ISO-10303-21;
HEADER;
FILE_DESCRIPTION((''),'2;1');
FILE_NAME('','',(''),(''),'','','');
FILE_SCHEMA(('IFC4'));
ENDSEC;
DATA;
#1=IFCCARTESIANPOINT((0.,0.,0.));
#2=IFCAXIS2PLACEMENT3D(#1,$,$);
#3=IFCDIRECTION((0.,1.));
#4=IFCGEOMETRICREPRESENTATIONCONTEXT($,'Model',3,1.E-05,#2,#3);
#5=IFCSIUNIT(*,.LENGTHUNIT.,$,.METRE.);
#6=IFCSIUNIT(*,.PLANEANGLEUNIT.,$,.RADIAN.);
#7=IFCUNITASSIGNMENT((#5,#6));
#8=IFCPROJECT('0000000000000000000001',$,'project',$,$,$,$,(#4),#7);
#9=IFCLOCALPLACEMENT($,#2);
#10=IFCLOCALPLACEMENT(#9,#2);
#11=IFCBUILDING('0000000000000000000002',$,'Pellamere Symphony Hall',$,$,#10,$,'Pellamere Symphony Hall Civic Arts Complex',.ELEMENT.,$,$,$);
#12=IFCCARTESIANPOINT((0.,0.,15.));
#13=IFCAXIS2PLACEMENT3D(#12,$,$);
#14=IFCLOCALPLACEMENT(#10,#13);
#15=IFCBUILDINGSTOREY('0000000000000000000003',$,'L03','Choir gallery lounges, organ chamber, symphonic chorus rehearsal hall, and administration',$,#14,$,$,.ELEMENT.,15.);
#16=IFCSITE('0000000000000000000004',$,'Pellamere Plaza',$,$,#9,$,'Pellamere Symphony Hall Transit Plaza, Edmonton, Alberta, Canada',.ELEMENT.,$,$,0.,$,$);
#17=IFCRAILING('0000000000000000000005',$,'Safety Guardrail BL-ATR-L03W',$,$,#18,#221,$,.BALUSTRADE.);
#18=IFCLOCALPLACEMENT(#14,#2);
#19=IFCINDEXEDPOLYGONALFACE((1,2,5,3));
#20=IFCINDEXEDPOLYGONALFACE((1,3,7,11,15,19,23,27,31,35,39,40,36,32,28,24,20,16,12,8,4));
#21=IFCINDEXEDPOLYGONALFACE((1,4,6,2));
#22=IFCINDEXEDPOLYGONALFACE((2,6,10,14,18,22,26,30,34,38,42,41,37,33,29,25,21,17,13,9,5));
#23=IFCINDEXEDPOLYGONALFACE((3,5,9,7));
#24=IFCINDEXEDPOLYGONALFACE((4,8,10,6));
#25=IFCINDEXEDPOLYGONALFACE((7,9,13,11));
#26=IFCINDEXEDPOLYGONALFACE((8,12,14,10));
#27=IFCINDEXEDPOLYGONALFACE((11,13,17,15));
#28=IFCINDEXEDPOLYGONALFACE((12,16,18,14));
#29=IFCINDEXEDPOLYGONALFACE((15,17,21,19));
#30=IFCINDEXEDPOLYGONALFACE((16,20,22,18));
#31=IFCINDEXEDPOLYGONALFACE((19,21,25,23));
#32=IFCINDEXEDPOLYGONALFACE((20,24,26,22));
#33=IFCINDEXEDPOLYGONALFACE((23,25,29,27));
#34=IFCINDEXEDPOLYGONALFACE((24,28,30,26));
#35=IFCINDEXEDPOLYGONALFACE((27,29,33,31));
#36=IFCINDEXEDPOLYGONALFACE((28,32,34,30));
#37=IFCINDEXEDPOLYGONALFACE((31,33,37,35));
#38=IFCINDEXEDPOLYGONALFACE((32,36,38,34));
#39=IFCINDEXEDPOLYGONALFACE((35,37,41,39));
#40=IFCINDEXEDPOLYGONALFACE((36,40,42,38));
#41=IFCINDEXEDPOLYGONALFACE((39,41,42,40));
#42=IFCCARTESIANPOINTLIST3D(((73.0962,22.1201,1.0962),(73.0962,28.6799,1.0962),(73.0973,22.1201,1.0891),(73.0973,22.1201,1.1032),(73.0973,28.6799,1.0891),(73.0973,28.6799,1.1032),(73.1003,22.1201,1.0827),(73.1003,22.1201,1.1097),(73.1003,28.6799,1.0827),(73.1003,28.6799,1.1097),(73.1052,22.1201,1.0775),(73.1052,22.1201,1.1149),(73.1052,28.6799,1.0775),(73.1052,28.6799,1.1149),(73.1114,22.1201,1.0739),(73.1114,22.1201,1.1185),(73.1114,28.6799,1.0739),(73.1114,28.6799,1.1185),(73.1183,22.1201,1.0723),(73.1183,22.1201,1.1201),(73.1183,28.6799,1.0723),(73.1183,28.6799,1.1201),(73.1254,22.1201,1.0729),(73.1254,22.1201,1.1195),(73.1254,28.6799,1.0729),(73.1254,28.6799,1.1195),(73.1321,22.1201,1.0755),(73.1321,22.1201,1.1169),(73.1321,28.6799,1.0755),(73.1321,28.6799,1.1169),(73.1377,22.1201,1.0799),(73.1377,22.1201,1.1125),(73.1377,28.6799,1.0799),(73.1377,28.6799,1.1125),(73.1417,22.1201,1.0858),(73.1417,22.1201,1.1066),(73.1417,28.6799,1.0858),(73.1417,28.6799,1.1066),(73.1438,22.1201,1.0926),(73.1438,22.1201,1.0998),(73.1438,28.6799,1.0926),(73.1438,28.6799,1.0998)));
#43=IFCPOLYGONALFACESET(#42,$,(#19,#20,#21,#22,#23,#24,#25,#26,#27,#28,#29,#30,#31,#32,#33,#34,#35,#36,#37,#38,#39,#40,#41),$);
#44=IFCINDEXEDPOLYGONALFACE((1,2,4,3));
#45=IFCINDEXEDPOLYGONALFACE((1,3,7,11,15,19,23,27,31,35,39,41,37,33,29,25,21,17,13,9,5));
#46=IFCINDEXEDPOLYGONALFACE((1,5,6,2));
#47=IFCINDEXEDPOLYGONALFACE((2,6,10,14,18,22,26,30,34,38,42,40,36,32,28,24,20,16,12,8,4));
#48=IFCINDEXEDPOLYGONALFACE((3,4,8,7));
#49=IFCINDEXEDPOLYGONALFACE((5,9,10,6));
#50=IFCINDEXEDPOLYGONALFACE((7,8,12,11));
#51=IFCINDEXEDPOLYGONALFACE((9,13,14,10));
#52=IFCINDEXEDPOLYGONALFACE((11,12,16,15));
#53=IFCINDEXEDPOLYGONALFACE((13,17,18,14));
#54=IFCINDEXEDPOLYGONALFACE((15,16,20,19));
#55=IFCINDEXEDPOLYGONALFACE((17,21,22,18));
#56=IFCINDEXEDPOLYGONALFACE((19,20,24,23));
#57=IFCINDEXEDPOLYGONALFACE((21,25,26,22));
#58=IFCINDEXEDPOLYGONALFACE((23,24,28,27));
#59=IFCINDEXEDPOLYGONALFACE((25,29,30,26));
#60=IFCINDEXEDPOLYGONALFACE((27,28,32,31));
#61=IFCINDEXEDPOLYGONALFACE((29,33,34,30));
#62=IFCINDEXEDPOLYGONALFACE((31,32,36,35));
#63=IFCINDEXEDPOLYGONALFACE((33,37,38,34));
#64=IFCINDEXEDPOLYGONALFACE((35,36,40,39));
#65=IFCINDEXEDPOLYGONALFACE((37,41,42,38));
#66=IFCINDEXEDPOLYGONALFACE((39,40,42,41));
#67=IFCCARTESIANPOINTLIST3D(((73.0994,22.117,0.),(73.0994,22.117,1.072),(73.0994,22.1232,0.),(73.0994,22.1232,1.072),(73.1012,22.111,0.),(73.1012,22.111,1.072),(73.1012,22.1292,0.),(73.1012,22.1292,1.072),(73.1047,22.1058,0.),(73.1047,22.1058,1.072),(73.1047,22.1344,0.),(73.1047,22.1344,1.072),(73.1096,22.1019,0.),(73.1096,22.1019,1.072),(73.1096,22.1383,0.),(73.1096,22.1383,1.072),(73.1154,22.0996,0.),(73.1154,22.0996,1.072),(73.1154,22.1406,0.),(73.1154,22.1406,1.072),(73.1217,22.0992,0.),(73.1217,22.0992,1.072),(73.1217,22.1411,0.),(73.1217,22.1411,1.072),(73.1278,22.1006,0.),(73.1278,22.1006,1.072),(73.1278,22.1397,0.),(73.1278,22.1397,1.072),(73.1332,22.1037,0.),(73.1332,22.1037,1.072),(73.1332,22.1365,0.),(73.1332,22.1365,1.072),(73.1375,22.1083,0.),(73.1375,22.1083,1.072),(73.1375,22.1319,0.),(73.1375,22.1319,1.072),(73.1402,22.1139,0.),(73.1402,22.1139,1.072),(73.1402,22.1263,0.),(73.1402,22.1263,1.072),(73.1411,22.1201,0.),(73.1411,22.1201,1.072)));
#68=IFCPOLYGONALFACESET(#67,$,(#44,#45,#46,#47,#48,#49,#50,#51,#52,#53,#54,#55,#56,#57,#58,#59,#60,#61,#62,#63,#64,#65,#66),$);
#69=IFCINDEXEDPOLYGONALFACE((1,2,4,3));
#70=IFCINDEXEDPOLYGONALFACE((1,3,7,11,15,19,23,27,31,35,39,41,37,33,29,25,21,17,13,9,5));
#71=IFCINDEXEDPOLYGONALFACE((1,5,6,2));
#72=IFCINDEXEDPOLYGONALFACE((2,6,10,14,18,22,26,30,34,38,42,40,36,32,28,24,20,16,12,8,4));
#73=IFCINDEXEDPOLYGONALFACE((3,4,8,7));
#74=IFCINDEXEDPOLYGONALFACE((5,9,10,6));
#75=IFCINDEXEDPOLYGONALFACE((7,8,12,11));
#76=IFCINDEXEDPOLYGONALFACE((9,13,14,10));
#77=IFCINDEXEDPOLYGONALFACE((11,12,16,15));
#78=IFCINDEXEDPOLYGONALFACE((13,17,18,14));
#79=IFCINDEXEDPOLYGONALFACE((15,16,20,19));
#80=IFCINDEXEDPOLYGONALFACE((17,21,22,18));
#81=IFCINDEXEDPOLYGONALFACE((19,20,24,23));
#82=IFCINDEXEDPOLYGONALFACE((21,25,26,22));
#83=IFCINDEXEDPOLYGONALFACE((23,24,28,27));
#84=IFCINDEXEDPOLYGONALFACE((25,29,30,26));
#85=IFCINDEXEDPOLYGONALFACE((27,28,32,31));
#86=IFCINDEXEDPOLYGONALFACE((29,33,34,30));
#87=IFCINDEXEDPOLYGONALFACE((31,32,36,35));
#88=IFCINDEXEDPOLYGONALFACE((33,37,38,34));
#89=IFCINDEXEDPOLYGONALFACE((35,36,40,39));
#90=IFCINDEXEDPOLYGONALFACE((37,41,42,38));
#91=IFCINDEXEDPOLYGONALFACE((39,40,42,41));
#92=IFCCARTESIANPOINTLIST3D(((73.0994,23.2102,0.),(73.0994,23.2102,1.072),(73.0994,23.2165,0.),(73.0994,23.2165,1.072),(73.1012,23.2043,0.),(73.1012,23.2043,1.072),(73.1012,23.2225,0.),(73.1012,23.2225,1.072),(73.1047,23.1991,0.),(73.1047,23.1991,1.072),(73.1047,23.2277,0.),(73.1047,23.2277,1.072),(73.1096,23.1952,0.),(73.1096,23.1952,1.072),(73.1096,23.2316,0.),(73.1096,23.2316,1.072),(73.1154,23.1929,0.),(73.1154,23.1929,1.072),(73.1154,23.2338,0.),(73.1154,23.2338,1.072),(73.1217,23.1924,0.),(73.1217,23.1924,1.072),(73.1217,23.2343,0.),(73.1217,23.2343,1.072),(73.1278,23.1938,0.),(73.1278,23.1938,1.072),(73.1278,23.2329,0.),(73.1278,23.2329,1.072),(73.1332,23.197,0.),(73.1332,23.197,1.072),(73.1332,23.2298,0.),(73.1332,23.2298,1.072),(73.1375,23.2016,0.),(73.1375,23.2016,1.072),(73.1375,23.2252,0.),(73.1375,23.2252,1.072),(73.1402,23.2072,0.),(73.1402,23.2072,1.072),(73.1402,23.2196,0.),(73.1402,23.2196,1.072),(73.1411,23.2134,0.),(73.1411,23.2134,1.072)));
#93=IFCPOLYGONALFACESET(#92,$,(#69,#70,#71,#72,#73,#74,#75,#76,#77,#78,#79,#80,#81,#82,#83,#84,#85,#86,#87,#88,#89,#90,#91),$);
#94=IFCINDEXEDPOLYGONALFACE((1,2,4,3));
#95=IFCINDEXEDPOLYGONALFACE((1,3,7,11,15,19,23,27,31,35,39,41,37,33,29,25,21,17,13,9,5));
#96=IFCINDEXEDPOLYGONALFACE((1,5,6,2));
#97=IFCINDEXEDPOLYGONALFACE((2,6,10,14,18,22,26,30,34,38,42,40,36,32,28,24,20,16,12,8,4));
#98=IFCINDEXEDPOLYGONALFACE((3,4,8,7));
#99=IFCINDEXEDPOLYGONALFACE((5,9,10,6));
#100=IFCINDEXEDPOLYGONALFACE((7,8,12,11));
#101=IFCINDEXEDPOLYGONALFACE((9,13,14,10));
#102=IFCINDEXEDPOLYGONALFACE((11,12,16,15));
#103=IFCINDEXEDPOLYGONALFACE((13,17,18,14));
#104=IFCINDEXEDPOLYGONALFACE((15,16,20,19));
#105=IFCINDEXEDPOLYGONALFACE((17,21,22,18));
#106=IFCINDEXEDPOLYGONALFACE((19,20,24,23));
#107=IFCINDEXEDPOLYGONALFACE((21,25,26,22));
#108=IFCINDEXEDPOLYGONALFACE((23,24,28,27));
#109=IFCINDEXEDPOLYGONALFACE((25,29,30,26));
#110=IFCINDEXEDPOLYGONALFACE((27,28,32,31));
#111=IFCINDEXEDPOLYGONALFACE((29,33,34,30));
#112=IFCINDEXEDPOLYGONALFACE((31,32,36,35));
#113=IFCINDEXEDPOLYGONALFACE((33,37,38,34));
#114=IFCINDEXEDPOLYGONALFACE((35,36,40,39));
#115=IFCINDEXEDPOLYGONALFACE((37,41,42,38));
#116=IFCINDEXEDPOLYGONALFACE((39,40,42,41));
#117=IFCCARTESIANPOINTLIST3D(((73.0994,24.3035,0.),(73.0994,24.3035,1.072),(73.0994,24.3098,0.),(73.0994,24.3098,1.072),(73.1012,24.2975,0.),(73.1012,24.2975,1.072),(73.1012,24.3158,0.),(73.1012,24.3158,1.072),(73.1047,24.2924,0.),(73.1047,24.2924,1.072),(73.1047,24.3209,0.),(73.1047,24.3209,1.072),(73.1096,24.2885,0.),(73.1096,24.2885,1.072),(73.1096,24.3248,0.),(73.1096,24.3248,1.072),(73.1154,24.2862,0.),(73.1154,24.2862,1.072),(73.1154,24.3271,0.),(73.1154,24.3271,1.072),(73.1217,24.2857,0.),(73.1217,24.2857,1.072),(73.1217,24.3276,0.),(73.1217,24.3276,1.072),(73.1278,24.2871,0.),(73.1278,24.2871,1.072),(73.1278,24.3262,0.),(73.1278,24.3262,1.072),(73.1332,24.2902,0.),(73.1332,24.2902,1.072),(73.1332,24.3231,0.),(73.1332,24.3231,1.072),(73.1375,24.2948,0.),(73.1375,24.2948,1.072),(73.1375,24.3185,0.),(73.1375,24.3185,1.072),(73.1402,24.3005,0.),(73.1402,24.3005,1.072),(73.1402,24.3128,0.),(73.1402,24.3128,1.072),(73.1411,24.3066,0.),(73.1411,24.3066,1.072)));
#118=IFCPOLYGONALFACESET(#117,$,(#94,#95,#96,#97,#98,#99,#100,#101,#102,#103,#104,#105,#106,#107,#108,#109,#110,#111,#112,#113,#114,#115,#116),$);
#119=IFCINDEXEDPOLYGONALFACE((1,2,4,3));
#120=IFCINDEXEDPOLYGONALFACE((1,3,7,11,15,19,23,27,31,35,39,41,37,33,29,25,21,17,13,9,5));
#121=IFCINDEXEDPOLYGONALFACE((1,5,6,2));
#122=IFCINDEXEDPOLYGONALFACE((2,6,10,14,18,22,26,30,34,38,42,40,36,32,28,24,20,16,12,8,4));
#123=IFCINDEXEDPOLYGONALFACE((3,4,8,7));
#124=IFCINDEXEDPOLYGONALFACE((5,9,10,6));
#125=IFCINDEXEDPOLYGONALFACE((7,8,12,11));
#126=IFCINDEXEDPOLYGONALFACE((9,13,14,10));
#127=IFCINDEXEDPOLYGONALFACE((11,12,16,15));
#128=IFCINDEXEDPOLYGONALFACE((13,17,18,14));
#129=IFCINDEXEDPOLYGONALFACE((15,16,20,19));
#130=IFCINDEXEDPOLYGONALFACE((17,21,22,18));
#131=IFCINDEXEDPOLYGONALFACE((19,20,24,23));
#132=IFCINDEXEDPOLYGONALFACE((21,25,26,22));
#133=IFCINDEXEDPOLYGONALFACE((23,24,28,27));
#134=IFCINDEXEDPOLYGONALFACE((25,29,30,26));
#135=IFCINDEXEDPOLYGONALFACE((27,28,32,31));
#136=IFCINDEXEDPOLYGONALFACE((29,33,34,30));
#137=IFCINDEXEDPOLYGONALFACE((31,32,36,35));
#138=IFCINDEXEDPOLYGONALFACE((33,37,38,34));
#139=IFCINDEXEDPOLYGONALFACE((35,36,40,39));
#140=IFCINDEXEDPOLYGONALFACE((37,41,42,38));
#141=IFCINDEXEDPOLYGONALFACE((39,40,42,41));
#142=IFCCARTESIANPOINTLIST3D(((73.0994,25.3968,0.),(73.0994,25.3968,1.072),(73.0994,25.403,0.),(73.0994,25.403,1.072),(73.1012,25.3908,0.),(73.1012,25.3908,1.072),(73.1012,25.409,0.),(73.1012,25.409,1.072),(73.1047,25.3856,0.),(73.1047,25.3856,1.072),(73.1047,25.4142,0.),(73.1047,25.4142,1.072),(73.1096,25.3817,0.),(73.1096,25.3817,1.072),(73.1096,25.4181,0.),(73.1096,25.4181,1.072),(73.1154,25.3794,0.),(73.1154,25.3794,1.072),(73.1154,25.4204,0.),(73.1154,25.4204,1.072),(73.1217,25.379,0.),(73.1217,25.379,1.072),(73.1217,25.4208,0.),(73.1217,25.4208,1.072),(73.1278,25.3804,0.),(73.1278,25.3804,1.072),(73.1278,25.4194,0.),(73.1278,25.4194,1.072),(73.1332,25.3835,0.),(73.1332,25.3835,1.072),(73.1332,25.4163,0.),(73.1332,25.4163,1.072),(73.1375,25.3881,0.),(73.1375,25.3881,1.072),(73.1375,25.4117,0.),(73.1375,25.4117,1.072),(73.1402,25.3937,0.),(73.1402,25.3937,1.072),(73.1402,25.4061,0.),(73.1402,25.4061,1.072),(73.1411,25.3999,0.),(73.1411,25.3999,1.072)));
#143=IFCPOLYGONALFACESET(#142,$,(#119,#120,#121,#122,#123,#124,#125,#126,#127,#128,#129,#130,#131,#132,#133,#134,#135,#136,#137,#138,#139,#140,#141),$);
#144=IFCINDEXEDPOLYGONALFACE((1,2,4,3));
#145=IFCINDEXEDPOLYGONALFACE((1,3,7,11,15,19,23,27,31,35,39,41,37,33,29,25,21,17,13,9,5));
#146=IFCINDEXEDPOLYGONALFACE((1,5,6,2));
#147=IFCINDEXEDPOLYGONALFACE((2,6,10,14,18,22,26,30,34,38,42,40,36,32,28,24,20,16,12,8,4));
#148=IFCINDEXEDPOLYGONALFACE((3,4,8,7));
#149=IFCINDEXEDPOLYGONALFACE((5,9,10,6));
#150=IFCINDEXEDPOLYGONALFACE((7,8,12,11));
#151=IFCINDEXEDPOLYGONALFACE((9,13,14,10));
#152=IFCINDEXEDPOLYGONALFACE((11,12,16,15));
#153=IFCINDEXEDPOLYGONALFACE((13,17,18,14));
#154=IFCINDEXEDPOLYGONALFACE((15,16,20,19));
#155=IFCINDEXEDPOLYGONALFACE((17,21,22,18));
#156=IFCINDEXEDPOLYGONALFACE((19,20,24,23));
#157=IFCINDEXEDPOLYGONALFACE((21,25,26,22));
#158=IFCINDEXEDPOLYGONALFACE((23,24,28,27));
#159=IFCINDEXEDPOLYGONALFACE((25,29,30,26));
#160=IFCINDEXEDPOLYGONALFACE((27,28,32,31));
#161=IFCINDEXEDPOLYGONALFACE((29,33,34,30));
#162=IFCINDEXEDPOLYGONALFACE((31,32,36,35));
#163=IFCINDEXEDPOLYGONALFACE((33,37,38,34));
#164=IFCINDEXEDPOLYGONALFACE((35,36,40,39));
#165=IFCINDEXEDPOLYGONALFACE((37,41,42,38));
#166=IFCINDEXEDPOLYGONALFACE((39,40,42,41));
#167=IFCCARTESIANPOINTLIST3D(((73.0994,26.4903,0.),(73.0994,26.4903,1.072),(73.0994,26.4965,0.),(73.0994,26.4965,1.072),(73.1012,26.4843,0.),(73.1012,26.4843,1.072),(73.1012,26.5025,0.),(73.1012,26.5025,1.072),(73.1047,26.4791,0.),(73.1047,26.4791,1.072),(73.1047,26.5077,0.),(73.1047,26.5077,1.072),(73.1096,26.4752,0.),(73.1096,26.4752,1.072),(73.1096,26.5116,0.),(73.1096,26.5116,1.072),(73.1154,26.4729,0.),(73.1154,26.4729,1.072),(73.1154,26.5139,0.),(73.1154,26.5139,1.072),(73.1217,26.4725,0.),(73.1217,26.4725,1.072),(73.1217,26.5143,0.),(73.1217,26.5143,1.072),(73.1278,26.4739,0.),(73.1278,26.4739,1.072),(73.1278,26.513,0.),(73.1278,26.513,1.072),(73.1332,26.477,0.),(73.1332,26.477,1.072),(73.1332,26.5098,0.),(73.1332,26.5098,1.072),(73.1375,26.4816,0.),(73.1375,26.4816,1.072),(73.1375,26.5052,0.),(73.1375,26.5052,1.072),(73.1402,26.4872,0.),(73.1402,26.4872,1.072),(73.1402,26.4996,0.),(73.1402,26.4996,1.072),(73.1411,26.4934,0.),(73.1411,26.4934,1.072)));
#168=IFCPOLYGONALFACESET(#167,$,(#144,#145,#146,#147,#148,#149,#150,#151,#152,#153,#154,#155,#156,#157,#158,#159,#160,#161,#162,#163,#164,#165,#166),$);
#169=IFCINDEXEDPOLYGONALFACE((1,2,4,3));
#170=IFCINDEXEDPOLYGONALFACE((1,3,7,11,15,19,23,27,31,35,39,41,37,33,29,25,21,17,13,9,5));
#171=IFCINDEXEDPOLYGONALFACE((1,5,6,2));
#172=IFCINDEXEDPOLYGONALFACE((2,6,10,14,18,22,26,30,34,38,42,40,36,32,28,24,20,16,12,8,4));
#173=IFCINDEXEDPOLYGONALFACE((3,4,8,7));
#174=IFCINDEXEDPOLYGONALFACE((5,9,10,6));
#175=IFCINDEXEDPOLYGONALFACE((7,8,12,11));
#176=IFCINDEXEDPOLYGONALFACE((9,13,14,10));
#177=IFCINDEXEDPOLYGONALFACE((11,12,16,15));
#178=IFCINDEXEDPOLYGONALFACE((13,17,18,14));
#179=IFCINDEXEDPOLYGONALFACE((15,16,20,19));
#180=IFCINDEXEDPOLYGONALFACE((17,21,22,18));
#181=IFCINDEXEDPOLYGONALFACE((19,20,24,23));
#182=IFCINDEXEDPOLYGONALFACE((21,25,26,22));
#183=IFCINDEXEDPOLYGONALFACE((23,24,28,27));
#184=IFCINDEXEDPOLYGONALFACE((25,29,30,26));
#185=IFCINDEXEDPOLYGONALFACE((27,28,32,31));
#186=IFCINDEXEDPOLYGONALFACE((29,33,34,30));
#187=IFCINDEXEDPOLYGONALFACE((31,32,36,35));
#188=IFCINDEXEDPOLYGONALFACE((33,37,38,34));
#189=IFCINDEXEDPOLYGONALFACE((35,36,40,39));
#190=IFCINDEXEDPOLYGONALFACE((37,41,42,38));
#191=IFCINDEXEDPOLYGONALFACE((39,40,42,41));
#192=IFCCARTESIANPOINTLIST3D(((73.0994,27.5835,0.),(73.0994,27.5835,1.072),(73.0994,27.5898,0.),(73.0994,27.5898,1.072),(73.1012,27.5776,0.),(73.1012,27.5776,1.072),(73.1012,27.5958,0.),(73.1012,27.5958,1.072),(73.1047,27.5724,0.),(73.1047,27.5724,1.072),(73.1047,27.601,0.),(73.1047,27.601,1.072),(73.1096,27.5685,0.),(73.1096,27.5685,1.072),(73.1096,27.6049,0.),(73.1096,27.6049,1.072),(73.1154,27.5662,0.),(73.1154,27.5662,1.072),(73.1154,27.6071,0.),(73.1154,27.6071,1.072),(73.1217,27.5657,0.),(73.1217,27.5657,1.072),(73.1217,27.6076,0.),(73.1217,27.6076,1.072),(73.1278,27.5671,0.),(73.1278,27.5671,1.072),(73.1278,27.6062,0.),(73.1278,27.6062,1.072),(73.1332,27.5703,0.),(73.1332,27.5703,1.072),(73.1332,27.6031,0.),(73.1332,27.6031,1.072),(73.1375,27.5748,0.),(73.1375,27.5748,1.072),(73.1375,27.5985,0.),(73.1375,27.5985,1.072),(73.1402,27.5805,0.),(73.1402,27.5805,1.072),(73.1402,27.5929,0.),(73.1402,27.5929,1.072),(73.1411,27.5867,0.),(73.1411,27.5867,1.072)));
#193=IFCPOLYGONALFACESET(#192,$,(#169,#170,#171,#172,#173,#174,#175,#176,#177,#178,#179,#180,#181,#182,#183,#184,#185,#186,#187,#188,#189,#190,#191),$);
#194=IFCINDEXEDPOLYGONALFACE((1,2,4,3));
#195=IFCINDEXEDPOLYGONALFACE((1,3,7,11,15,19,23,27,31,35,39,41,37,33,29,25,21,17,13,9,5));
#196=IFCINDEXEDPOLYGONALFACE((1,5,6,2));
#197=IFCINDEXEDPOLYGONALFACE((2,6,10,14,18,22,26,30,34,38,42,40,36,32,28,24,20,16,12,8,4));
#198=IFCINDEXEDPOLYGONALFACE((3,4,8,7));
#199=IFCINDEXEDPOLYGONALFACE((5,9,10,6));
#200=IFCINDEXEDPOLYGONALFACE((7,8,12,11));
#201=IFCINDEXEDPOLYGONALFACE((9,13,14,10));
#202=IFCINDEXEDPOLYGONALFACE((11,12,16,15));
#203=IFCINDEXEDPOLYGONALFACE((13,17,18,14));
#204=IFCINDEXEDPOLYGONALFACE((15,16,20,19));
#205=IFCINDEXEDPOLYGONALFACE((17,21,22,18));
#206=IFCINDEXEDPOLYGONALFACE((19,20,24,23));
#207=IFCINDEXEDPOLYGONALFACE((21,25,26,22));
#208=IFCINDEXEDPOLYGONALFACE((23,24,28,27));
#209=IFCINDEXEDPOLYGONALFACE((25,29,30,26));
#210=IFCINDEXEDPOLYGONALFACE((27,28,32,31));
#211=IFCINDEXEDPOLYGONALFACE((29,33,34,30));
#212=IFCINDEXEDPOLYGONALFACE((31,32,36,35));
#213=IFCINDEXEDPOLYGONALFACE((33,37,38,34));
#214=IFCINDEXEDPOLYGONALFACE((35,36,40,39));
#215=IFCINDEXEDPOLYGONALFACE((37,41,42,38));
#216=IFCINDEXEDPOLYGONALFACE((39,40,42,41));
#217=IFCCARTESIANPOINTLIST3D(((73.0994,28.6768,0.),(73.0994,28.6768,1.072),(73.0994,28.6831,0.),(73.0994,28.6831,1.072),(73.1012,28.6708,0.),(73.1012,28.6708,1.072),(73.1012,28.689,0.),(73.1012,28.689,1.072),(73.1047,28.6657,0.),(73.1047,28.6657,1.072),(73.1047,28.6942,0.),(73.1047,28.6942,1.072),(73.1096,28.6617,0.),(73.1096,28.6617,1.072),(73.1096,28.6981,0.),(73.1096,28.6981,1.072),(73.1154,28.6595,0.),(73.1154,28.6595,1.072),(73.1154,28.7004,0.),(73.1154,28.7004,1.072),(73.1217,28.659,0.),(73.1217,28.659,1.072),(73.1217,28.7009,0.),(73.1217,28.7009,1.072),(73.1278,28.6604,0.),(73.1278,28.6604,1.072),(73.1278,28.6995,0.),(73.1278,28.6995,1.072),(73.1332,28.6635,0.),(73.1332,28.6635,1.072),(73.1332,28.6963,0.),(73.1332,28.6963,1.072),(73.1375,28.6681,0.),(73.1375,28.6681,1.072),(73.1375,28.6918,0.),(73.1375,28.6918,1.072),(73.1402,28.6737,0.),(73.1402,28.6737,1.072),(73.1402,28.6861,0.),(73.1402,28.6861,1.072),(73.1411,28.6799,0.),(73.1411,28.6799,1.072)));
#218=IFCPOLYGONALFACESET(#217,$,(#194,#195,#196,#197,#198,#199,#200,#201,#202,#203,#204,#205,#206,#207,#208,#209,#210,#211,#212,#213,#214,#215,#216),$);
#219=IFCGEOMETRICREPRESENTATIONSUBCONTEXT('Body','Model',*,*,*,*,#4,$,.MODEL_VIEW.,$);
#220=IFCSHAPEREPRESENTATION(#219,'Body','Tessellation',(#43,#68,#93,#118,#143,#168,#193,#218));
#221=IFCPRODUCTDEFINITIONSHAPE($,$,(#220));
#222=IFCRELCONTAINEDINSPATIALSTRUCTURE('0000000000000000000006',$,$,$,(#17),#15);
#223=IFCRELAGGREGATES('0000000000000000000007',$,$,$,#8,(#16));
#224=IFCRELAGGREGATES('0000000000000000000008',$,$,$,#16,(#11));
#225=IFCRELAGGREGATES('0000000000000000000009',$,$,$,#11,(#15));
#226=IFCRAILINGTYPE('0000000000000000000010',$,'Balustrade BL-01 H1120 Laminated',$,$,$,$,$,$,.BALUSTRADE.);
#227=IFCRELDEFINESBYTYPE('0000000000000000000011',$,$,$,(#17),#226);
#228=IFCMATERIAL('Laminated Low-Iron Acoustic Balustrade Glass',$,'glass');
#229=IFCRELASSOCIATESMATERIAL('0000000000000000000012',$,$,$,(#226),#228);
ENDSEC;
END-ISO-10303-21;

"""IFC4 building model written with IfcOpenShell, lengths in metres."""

from ifc_helpers import new_model, si_unit, direction, frame, origin, origin_2d, place, context, subcontext, project, spatial, circle, extrude, material, type_object, element, save


model = new_model("IFC4")

# Units and contexts
model_context = context("Model", 3, precision=1e-05, world=origin(), true_north=direction((0.0, 1.0)))
body_context = subcontext(model_context, "Body", "Model", "MODEL_VIEW")
ifc_project = project(units=[si_unit("LENGTHUNIT", "METRE"), si_unit("PLANEANGLEUNIT", "RADIAN")], contexts=[model_context])

# Site, building, storey
site_placement = place(None, origin())
site = spatial("IfcSite", under=ifc_project, at=site_placement, Name="Pellamere Plaza", LongName="Pellamere Symphony Hall Transit Plaza, Edmonton, Alberta, Canada", CompositionType="ELEMENT", RefElevation=0.0)
building_placement = place(site_placement, origin())
building = spatial("IfcBuilding", under=site, at=building_placement, Name="Pellamere Symphony Hall", LongName="Pellamere Symphony Hall Civic Arts Complex", CompositionType="ELEMENT")
storey_placement = place(building_placement, frame((0.0, 0.0, 15.0)))
storey = spatial("IfcBuildingStorey", under=building, at=storey_placement, Name="L03", Description="Choir gallery lounges, organ chamber, symphonic chorus rehearsal hall, and administration", CompositionType="ELEMENT", Elevation=15.0)

# Railing
ifc_material_1 = material(Name="Laminated Low-Iron Acoustic Balustrade Glass", Category="glass")
railing_type = type_object("IfcRailingType", Name="Balustrade BL-01 H1120 Laminated", PredefinedType="BALUSTRADE", material=ifc_material_1)
railing_1_placement = place(storey_placement, frame((73.1201, 22.1201, 0.0)))
element("IfcRailing", 1, at=railing_1_placement, inside=storey, type_object=railing_type, Name="Safety Guardrail BL-ATR-L03W", PredefinedType="BALUSTRADE", context=body_context, shape_type="SweptSolid", body=[
    extrude(circle(Radius=0.0239, at=origin_2d()), frame((0.0, 0.0, 1.0962), z_axis=(0.0, 1.0, 0.0), x_axis=(-1.0, 0.0, 0.0)), (0.0, 0.0, 1.0), 6.5598),
    extrude(circle(Radius=0.021, at=origin_2d()), origin(), (0.0, 0.0, 1.0), 1.072),
    extrude(circle(Radius=0.021, at=origin_2d()), frame((0.0, 1.0933, 0.0)), (0.0, 0.0, 1.0), 1.072),
    extrude(circle(Radius=0.021, at=origin_2d()), frame((0.0, 2.1865, 0.0)), (0.0, 0.0, 1.0), 1.072),
    extrude(circle(Radius=0.021, at=origin_2d()), frame((0.0, 3.2798, 0.0)), (0.0, 0.0, 1.0), 1.072),
    extrude(circle(Radius=0.021, at=origin_2d()), frame((0.0, 4.3733, 0.0)), (0.0, 0.0, 1.0), 1.072),
    extrude(circle(Radius=0.021, at=origin_2d()), frame((0.0, 5.4666, 0.0)), (0.0, 0.0, 1.0), 1.072),
    extrude(circle(Radius=0.021, at=origin_2d()), frame((0.0, 6.5598, 0.0)), (0.0, 0.0, 1.0), 1.072),
])

save(model, "model.ifc")
